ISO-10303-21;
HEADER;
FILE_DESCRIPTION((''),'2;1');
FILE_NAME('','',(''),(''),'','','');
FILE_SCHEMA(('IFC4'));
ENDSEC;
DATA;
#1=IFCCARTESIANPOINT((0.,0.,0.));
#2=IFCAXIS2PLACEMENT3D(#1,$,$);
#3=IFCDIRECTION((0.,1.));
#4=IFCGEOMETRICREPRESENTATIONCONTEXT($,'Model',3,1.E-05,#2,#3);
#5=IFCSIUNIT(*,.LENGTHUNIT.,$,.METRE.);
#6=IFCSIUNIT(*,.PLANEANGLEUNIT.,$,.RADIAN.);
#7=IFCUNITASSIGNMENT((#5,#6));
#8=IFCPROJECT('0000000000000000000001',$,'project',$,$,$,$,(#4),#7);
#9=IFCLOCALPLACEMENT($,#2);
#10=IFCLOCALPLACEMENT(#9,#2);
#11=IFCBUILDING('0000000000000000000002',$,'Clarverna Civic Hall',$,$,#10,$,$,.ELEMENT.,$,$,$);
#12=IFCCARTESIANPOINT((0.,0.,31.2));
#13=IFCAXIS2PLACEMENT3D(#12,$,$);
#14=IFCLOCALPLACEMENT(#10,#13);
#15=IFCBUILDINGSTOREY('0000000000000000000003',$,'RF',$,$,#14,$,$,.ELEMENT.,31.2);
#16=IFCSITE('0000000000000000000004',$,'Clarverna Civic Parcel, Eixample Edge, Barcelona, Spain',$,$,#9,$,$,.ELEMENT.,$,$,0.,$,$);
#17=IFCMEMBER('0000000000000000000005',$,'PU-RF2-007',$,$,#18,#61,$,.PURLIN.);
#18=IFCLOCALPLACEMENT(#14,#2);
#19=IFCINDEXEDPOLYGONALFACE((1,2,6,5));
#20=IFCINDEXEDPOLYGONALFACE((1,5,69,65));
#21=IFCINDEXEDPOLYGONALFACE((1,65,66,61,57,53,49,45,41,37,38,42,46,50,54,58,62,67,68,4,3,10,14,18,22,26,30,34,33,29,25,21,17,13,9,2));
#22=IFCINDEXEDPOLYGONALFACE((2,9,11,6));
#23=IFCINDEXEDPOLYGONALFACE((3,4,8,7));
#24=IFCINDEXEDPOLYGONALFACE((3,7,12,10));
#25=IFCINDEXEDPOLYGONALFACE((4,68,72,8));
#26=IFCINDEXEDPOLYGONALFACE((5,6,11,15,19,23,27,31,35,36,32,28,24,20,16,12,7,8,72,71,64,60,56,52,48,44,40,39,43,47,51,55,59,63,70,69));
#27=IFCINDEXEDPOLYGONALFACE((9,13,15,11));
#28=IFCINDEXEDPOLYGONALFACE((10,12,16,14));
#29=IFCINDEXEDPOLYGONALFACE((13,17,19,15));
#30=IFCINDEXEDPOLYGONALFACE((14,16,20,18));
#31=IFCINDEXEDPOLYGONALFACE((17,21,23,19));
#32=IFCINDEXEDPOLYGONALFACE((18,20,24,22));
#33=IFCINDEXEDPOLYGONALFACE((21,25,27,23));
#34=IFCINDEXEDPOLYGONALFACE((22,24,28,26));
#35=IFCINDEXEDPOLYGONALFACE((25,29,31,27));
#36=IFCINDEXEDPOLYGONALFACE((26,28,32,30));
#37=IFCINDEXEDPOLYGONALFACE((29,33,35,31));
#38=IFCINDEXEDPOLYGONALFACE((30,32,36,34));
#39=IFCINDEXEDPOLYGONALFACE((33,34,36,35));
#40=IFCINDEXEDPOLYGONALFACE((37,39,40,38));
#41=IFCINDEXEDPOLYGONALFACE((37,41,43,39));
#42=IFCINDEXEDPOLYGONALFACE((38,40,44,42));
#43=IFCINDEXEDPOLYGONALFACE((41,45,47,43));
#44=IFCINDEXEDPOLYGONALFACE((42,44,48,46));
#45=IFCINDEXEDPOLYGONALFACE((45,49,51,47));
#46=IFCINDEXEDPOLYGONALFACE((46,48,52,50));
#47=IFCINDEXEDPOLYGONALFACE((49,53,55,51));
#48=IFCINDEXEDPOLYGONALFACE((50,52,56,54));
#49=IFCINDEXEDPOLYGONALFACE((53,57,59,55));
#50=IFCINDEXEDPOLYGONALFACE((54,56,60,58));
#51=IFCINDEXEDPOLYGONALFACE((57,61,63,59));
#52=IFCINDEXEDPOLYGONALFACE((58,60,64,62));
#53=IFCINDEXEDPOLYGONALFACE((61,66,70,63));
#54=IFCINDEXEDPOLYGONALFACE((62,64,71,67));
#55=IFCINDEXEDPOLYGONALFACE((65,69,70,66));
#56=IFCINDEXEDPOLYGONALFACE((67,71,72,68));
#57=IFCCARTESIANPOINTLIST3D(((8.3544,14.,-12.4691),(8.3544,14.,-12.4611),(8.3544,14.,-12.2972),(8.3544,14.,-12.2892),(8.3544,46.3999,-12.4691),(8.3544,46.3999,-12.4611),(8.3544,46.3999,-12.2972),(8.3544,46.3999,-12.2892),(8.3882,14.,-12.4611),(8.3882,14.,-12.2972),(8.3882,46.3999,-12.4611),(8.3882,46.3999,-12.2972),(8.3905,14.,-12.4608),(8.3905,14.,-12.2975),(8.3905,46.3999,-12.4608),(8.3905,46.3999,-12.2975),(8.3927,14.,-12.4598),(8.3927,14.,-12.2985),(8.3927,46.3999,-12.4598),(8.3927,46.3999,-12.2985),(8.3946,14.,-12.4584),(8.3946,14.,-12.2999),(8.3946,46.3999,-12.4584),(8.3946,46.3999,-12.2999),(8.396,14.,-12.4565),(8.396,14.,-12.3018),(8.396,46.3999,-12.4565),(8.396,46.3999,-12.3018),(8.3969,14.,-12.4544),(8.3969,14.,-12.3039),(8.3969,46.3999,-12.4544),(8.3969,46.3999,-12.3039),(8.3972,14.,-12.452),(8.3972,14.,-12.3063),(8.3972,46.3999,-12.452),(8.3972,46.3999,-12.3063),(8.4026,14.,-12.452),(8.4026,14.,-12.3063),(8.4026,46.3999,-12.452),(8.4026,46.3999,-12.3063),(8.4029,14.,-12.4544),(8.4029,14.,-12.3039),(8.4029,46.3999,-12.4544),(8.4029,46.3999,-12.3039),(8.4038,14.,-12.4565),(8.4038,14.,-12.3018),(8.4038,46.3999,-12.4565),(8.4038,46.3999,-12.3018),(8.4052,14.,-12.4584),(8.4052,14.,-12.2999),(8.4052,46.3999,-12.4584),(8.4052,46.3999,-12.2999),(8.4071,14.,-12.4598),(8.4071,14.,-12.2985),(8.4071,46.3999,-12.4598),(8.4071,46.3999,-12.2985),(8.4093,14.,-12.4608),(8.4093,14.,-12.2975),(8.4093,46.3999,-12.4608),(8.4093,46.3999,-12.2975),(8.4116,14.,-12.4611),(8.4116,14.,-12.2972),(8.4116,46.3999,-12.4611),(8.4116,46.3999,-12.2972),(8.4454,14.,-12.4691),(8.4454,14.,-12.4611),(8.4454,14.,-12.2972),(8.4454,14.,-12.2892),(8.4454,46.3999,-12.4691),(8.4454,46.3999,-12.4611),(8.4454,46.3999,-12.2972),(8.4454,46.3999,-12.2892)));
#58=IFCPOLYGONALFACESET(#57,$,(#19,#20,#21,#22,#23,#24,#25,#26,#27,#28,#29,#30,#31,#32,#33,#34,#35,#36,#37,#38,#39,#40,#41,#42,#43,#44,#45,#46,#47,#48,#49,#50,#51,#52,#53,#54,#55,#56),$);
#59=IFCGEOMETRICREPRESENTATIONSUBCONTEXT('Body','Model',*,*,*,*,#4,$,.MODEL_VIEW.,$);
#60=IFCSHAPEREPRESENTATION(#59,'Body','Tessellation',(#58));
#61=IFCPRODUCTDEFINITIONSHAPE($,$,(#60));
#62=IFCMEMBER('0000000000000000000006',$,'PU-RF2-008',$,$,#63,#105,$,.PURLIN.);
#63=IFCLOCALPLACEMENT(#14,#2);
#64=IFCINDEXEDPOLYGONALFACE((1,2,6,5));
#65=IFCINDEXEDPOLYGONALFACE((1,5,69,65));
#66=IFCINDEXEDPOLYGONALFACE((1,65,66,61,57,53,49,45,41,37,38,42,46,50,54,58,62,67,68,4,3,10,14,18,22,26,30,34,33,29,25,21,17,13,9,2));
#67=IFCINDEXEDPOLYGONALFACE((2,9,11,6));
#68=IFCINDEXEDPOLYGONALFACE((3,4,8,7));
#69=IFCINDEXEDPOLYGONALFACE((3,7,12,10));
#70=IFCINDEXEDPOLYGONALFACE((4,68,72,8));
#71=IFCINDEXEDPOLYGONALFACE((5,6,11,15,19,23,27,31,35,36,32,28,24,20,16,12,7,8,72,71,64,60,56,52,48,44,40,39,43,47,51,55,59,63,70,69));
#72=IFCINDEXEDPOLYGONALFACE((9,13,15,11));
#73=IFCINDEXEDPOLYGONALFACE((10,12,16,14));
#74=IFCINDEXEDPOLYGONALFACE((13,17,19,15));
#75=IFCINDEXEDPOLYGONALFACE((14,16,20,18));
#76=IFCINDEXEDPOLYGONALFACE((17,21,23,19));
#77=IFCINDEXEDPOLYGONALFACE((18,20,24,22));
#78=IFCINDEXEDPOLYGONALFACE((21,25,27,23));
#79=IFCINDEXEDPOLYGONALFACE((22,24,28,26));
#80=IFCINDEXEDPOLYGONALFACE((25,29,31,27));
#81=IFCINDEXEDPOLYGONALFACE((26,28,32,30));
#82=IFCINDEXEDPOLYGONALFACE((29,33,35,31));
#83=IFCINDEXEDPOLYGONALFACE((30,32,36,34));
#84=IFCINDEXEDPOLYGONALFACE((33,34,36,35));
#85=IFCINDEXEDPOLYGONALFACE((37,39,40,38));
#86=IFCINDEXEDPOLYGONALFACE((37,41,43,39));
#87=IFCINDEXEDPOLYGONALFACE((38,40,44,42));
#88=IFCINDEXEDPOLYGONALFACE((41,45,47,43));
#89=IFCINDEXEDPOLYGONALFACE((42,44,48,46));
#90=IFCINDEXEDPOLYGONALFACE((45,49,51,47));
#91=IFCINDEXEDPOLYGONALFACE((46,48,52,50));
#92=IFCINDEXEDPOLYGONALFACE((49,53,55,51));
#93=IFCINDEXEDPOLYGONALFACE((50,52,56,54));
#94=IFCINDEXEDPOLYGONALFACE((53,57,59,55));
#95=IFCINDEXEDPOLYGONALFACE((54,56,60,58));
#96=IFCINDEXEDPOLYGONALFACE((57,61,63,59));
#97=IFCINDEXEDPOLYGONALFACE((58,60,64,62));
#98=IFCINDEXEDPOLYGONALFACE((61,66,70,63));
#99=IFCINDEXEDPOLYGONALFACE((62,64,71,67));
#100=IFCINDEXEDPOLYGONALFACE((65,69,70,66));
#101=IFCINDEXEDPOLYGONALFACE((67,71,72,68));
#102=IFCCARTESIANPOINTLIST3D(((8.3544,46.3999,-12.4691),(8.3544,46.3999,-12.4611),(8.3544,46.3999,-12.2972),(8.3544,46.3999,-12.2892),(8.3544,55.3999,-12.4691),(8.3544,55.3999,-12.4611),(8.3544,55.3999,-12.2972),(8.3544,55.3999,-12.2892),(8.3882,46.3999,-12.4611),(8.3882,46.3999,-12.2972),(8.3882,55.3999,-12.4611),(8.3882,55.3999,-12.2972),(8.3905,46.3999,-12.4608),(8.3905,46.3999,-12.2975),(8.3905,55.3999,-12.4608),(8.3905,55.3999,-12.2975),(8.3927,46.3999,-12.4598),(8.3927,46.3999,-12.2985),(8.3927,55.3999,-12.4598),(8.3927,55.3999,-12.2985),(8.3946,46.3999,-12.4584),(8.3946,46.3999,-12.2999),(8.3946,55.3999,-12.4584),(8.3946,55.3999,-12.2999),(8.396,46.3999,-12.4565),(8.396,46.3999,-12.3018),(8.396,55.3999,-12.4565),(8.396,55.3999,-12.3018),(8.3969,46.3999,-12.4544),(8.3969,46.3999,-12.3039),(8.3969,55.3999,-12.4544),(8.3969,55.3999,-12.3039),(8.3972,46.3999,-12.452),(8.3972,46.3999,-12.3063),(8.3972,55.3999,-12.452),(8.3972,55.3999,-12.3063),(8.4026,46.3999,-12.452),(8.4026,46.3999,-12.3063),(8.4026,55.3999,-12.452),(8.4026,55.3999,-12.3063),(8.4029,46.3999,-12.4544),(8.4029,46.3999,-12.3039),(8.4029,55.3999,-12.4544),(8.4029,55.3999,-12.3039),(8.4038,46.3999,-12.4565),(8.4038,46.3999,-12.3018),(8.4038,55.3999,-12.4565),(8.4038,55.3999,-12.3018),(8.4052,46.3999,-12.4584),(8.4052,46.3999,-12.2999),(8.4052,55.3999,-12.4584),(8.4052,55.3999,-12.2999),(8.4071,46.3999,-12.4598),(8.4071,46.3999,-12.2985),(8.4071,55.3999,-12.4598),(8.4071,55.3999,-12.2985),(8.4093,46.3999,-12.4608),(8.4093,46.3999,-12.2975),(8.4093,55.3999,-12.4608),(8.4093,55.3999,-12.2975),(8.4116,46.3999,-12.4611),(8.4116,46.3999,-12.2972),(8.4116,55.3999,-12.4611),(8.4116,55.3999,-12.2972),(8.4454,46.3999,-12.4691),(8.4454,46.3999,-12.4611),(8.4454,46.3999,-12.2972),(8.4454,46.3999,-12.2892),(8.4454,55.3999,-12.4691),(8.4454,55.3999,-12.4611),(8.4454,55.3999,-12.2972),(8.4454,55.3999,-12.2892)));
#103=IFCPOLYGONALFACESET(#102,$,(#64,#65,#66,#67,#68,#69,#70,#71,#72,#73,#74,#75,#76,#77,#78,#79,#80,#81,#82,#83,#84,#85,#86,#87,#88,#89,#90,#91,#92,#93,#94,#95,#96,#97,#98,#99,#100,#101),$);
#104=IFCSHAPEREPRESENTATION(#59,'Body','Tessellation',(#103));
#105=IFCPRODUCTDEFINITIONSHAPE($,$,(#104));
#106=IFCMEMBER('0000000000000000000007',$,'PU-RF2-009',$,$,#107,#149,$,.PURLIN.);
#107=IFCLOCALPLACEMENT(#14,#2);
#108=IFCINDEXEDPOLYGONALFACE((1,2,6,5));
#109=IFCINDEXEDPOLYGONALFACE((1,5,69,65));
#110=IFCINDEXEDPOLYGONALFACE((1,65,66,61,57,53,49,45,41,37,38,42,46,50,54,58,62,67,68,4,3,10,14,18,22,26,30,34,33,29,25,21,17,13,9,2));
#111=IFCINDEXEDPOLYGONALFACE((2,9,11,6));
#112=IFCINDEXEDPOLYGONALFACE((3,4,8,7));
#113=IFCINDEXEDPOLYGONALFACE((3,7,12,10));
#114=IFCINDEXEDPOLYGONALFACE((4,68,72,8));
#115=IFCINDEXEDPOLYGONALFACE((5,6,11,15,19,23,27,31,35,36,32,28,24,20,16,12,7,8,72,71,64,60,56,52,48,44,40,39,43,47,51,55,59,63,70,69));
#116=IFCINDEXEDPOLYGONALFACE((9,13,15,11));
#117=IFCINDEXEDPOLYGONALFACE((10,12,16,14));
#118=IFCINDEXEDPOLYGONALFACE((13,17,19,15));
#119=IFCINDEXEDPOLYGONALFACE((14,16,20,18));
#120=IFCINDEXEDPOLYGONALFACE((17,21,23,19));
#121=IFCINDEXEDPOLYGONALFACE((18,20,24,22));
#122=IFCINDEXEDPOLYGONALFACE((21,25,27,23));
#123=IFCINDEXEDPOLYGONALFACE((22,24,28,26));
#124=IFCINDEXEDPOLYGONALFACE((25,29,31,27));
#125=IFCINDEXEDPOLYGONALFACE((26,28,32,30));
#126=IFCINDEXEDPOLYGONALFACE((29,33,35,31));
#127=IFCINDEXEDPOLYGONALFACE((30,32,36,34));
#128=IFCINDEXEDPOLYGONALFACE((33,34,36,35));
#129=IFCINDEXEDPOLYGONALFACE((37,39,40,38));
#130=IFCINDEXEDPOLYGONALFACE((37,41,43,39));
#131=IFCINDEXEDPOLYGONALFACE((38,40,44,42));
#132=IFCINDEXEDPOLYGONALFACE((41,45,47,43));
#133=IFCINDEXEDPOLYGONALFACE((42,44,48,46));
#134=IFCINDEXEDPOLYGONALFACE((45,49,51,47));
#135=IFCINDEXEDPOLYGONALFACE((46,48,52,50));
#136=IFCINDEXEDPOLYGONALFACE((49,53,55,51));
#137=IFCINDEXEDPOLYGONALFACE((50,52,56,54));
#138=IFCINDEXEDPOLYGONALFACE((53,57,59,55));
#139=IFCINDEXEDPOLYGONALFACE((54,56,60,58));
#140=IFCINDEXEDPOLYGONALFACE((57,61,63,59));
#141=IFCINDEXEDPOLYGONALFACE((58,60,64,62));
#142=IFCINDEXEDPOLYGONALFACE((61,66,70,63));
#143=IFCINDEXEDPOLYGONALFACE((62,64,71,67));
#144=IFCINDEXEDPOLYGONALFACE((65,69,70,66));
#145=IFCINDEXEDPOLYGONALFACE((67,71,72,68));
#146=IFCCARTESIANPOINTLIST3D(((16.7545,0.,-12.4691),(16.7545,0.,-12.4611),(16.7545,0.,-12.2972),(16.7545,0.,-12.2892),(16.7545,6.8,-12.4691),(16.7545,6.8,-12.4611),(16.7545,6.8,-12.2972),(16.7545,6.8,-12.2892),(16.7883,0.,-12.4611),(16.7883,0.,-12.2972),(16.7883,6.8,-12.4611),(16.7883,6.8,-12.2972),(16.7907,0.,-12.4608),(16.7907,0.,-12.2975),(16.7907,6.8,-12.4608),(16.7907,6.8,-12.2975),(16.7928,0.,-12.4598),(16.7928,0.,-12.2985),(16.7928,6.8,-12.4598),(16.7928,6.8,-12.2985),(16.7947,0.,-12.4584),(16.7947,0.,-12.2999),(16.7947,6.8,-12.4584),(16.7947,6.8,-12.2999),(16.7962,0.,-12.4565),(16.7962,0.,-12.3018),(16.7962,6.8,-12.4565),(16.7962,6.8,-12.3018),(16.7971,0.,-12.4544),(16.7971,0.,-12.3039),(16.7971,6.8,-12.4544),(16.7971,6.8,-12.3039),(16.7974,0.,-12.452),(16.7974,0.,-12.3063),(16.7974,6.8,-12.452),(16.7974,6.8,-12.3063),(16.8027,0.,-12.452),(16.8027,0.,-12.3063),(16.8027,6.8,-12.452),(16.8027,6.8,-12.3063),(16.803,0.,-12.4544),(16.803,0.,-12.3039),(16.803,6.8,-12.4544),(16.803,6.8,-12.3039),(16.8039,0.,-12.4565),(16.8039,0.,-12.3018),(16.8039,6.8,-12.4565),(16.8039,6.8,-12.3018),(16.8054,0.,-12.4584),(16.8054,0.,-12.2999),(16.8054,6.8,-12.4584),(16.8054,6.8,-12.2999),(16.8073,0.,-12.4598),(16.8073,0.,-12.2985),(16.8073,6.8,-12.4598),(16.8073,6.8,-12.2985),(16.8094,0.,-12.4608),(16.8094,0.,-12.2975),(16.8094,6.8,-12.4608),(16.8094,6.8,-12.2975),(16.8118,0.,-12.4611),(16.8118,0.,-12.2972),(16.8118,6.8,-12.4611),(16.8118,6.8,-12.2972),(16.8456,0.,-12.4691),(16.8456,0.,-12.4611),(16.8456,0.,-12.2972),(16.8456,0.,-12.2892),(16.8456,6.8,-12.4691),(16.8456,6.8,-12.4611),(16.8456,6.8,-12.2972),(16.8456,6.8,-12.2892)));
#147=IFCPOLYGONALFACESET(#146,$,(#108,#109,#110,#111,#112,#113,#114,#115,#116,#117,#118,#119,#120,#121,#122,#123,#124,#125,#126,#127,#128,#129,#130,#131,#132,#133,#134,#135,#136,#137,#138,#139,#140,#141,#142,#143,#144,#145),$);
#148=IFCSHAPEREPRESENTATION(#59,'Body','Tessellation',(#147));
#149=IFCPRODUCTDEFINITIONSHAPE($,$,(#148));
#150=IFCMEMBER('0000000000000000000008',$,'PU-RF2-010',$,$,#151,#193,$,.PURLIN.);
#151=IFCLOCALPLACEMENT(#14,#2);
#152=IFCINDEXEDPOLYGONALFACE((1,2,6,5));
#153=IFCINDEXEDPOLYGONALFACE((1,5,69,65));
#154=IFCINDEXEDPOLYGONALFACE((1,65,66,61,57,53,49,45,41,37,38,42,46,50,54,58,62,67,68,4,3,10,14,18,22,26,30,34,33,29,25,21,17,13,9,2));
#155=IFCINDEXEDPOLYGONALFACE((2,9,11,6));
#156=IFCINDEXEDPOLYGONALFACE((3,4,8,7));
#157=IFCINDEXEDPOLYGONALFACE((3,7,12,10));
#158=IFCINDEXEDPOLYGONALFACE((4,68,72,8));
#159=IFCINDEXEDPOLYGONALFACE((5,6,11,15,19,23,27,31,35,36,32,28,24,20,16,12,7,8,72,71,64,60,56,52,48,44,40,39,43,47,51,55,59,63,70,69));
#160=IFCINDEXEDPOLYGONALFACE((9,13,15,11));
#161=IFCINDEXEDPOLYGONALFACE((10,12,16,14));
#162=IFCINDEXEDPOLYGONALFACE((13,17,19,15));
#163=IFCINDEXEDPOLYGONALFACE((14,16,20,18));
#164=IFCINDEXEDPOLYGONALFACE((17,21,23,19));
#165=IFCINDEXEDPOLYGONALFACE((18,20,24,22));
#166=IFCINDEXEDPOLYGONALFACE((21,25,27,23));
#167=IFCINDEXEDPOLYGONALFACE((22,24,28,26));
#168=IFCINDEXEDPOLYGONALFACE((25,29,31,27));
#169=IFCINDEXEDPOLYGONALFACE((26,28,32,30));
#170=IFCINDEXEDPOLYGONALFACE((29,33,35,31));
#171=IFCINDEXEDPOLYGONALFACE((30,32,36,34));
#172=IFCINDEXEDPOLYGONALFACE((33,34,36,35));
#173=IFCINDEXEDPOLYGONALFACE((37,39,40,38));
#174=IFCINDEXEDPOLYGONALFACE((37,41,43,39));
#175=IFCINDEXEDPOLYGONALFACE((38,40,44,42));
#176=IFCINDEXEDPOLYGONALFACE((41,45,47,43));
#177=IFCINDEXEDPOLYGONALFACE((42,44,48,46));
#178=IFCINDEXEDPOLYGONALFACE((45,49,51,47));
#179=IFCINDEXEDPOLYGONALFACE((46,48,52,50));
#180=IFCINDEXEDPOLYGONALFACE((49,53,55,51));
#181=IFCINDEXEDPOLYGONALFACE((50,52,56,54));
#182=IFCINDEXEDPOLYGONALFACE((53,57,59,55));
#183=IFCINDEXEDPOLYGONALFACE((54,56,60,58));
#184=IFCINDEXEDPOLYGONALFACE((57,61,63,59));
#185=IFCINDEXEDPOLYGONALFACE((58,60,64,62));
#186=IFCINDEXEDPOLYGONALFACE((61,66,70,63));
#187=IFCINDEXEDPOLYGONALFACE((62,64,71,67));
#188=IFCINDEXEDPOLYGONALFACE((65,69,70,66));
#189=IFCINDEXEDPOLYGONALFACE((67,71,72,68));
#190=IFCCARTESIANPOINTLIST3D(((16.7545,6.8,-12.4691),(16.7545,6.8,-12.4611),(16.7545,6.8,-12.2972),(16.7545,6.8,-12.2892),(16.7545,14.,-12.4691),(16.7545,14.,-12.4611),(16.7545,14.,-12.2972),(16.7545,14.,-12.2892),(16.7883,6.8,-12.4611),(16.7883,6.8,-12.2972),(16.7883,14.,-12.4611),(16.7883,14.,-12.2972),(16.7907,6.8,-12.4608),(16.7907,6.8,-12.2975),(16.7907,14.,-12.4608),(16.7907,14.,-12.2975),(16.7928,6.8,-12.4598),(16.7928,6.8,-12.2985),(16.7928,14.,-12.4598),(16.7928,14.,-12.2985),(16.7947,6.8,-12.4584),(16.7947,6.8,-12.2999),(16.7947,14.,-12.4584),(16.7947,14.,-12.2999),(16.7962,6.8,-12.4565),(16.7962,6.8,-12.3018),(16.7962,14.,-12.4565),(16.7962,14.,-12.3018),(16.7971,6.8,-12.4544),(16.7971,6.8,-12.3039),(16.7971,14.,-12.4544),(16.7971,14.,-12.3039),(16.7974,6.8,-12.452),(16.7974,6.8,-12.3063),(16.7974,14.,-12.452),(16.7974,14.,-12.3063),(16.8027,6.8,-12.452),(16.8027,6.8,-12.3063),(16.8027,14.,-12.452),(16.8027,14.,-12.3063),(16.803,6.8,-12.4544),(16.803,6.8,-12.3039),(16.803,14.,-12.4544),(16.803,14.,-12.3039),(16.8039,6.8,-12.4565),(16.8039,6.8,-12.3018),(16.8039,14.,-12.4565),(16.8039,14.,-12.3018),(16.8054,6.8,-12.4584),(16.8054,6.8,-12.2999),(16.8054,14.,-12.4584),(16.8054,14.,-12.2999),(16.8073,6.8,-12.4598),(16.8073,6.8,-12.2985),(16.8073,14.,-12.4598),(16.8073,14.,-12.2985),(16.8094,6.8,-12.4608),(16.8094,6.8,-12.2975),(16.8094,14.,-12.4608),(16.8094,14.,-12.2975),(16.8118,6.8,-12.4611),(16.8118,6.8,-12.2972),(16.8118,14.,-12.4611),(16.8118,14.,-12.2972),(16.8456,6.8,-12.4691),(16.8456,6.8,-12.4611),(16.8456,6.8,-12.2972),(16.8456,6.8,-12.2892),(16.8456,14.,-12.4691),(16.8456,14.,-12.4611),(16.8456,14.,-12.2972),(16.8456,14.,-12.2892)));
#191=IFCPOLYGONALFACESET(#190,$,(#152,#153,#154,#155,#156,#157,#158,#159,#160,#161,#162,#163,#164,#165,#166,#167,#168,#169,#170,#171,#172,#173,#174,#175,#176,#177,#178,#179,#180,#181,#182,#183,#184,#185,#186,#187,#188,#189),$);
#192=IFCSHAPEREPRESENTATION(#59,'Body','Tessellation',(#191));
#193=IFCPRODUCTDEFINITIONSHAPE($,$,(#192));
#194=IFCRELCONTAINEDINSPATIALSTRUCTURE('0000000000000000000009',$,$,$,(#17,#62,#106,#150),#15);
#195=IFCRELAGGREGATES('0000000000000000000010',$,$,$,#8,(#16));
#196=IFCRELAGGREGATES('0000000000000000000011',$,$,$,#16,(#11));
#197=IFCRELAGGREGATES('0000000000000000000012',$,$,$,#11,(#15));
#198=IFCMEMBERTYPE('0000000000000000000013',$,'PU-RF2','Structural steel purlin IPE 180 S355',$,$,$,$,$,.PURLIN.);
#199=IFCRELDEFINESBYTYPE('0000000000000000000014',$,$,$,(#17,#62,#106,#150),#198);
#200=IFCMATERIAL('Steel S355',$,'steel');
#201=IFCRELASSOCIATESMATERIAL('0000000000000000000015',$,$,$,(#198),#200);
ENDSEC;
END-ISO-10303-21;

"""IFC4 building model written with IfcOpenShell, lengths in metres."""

from ifc_helpers import new_model, si_unit, direction, frame, origin, origin_2d, place, context, subcontext, project, spatial, i_section, extrude, material, material_profile, profile_set, type_object, element, save


model = new_model("IFC4")

# Units and contexts
model_context = context("Model", 3, precision=1e-05, world=origin(), true_north=direction((0.0, 1.0)))
body_context = subcontext(model_context, "Body", "Model", "MODEL_VIEW")
ifc_project = project(units=[si_unit("LENGTHUNIT", "METRE"), si_unit("PLANEANGLEUNIT", "RADIAN")], contexts=[model_context])

# Site, building, storey
site_placement = place(None, origin())
site = spatial("IfcSite", under=ifc_project, at=site_placement, Name="Clarverna Civic Parcel, Eixample Edge, Barcelona, Spain", CompositionType="ELEMENT", RefElevation=0.0)
building_placement = place(site_placement, origin())
building = spatial("IfcBuilding", under=site, at=building_placement, Name="Clarverna Civic Hall", CompositionType="ELEMENT")
storey_placement = place(building_placement, frame((0.0, 0.0, 31.2)))
storey = spatial("IfcBuildingStorey", under=building, at=storey_placement, Name="RF", CompositionType="ELEMENT", Elevation=31.2)

# Members
ifc_material_1 = material(Name="Steel S355", Category="steel")
ifc_material_profile_1 = material_profile(ifc_material_1, i_section(OverallWidth=0.0911, OverallDepth=0.1799, WebThickness=0.0054, FlangeThickness=0.0081, FilletRadius=0.009, at=origin_2d()), Name="IPE 180")
ifc_profile_set_1 = profile_set([ifc_material_profile_1], Name="Steel S355")
member_type_1 = type_object("IfcMemberType", Name="PU-RF2", Description="Structural steel purlin IPE 180 S355", PredefinedType="PURLIN", material=ifc_profile_set_1)
member_1_placement = place(storey_placement, frame((8.3999, 14.0, -12.3792), z_axis=(0.0, 1.0, 0.0), x_axis=(-1.0, 0.0, 0.0)))
element("IfcMember", 1, at=member_1_placement, inside=storey, type_object=member_type_1, Name="PU-RF2-007", PredefinedType="PURLIN", context=body_context, shape_type="SweptSolid", body=[
    extrude(i_section(OverallWidth=0.0911, OverallDepth=0.1799, WebThickness=0.0054, FlangeThickness=0.0081, FilletRadius=0.009, at=origin_2d()), origin(), (0.0, 0.0, 1.0), 32.3999),
])
member_2_placement = place(storey_placement, frame((8.3999, 46.3999, -12.3792), z_axis=(0.0, 1.0, 0.0), x_axis=(-1.0, 0.0, 0.0)))
element("IfcMember", 2, at=member_2_placement, inside=storey, type_object=member_type_1, Name="PU-RF2-008", PredefinedType="PURLIN", context=body_context, shape_type="SweptSolid", body=[
    extrude(i_section(OverallWidth=0.0911, OverallDepth=0.1799, WebThickness=0.0054, FlangeThickness=0.0081, FilletRadius=0.009, at=origin_2d()), origin(), (0.0, 0.0, 1.0), 9.0),
])
member_3_placement = place(storey_placement, frame((16.8, 0.0, -12.3792), z_axis=(0.0, 1.0, 0.0), x_axis=(-1.0, 0.0, 0.0)))
element("IfcMember", 3, at=member_3_placement, inside=storey, type_object=member_type_1, Name="PU-RF2-009", PredefinedType="PURLIN", context=body_context, shape_type="SweptSolid", body=[
    extrude(i_section(OverallWidth=0.0911, OverallDepth=0.1799, WebThickness=0.0054, FlangeThickness=0.0081, FilletRadius=0.009, at=origin_2d()), origin(), (0.0, 0.0, 1.0), 6.8),
])
member_4_placement = place(storey_placement, frame((16.8, 6.8, -12.3792), z_axis=(0.0, 1.0, 0.0), x_axis=(-1.0, 0.0, 0.0)))
element("IfcMember", 4, at=member_4_placement, inside=storey, type_object=member_type_1, Name="PU-RF2-010", PredefinedType="PURLIN", context=body_context, shape_type="SweptSolid", body=[
    extrude(i_section(OverallWidth=0.0911, OverallDepth=0.1799, WebThickness=0.0054, FlangeThickness=0.0081, FilletRadius=0.009, at=origin_2d()), origin(), (0.0, 0.0, 1.0), 7.2),
])

save(model, "model.ifc")
